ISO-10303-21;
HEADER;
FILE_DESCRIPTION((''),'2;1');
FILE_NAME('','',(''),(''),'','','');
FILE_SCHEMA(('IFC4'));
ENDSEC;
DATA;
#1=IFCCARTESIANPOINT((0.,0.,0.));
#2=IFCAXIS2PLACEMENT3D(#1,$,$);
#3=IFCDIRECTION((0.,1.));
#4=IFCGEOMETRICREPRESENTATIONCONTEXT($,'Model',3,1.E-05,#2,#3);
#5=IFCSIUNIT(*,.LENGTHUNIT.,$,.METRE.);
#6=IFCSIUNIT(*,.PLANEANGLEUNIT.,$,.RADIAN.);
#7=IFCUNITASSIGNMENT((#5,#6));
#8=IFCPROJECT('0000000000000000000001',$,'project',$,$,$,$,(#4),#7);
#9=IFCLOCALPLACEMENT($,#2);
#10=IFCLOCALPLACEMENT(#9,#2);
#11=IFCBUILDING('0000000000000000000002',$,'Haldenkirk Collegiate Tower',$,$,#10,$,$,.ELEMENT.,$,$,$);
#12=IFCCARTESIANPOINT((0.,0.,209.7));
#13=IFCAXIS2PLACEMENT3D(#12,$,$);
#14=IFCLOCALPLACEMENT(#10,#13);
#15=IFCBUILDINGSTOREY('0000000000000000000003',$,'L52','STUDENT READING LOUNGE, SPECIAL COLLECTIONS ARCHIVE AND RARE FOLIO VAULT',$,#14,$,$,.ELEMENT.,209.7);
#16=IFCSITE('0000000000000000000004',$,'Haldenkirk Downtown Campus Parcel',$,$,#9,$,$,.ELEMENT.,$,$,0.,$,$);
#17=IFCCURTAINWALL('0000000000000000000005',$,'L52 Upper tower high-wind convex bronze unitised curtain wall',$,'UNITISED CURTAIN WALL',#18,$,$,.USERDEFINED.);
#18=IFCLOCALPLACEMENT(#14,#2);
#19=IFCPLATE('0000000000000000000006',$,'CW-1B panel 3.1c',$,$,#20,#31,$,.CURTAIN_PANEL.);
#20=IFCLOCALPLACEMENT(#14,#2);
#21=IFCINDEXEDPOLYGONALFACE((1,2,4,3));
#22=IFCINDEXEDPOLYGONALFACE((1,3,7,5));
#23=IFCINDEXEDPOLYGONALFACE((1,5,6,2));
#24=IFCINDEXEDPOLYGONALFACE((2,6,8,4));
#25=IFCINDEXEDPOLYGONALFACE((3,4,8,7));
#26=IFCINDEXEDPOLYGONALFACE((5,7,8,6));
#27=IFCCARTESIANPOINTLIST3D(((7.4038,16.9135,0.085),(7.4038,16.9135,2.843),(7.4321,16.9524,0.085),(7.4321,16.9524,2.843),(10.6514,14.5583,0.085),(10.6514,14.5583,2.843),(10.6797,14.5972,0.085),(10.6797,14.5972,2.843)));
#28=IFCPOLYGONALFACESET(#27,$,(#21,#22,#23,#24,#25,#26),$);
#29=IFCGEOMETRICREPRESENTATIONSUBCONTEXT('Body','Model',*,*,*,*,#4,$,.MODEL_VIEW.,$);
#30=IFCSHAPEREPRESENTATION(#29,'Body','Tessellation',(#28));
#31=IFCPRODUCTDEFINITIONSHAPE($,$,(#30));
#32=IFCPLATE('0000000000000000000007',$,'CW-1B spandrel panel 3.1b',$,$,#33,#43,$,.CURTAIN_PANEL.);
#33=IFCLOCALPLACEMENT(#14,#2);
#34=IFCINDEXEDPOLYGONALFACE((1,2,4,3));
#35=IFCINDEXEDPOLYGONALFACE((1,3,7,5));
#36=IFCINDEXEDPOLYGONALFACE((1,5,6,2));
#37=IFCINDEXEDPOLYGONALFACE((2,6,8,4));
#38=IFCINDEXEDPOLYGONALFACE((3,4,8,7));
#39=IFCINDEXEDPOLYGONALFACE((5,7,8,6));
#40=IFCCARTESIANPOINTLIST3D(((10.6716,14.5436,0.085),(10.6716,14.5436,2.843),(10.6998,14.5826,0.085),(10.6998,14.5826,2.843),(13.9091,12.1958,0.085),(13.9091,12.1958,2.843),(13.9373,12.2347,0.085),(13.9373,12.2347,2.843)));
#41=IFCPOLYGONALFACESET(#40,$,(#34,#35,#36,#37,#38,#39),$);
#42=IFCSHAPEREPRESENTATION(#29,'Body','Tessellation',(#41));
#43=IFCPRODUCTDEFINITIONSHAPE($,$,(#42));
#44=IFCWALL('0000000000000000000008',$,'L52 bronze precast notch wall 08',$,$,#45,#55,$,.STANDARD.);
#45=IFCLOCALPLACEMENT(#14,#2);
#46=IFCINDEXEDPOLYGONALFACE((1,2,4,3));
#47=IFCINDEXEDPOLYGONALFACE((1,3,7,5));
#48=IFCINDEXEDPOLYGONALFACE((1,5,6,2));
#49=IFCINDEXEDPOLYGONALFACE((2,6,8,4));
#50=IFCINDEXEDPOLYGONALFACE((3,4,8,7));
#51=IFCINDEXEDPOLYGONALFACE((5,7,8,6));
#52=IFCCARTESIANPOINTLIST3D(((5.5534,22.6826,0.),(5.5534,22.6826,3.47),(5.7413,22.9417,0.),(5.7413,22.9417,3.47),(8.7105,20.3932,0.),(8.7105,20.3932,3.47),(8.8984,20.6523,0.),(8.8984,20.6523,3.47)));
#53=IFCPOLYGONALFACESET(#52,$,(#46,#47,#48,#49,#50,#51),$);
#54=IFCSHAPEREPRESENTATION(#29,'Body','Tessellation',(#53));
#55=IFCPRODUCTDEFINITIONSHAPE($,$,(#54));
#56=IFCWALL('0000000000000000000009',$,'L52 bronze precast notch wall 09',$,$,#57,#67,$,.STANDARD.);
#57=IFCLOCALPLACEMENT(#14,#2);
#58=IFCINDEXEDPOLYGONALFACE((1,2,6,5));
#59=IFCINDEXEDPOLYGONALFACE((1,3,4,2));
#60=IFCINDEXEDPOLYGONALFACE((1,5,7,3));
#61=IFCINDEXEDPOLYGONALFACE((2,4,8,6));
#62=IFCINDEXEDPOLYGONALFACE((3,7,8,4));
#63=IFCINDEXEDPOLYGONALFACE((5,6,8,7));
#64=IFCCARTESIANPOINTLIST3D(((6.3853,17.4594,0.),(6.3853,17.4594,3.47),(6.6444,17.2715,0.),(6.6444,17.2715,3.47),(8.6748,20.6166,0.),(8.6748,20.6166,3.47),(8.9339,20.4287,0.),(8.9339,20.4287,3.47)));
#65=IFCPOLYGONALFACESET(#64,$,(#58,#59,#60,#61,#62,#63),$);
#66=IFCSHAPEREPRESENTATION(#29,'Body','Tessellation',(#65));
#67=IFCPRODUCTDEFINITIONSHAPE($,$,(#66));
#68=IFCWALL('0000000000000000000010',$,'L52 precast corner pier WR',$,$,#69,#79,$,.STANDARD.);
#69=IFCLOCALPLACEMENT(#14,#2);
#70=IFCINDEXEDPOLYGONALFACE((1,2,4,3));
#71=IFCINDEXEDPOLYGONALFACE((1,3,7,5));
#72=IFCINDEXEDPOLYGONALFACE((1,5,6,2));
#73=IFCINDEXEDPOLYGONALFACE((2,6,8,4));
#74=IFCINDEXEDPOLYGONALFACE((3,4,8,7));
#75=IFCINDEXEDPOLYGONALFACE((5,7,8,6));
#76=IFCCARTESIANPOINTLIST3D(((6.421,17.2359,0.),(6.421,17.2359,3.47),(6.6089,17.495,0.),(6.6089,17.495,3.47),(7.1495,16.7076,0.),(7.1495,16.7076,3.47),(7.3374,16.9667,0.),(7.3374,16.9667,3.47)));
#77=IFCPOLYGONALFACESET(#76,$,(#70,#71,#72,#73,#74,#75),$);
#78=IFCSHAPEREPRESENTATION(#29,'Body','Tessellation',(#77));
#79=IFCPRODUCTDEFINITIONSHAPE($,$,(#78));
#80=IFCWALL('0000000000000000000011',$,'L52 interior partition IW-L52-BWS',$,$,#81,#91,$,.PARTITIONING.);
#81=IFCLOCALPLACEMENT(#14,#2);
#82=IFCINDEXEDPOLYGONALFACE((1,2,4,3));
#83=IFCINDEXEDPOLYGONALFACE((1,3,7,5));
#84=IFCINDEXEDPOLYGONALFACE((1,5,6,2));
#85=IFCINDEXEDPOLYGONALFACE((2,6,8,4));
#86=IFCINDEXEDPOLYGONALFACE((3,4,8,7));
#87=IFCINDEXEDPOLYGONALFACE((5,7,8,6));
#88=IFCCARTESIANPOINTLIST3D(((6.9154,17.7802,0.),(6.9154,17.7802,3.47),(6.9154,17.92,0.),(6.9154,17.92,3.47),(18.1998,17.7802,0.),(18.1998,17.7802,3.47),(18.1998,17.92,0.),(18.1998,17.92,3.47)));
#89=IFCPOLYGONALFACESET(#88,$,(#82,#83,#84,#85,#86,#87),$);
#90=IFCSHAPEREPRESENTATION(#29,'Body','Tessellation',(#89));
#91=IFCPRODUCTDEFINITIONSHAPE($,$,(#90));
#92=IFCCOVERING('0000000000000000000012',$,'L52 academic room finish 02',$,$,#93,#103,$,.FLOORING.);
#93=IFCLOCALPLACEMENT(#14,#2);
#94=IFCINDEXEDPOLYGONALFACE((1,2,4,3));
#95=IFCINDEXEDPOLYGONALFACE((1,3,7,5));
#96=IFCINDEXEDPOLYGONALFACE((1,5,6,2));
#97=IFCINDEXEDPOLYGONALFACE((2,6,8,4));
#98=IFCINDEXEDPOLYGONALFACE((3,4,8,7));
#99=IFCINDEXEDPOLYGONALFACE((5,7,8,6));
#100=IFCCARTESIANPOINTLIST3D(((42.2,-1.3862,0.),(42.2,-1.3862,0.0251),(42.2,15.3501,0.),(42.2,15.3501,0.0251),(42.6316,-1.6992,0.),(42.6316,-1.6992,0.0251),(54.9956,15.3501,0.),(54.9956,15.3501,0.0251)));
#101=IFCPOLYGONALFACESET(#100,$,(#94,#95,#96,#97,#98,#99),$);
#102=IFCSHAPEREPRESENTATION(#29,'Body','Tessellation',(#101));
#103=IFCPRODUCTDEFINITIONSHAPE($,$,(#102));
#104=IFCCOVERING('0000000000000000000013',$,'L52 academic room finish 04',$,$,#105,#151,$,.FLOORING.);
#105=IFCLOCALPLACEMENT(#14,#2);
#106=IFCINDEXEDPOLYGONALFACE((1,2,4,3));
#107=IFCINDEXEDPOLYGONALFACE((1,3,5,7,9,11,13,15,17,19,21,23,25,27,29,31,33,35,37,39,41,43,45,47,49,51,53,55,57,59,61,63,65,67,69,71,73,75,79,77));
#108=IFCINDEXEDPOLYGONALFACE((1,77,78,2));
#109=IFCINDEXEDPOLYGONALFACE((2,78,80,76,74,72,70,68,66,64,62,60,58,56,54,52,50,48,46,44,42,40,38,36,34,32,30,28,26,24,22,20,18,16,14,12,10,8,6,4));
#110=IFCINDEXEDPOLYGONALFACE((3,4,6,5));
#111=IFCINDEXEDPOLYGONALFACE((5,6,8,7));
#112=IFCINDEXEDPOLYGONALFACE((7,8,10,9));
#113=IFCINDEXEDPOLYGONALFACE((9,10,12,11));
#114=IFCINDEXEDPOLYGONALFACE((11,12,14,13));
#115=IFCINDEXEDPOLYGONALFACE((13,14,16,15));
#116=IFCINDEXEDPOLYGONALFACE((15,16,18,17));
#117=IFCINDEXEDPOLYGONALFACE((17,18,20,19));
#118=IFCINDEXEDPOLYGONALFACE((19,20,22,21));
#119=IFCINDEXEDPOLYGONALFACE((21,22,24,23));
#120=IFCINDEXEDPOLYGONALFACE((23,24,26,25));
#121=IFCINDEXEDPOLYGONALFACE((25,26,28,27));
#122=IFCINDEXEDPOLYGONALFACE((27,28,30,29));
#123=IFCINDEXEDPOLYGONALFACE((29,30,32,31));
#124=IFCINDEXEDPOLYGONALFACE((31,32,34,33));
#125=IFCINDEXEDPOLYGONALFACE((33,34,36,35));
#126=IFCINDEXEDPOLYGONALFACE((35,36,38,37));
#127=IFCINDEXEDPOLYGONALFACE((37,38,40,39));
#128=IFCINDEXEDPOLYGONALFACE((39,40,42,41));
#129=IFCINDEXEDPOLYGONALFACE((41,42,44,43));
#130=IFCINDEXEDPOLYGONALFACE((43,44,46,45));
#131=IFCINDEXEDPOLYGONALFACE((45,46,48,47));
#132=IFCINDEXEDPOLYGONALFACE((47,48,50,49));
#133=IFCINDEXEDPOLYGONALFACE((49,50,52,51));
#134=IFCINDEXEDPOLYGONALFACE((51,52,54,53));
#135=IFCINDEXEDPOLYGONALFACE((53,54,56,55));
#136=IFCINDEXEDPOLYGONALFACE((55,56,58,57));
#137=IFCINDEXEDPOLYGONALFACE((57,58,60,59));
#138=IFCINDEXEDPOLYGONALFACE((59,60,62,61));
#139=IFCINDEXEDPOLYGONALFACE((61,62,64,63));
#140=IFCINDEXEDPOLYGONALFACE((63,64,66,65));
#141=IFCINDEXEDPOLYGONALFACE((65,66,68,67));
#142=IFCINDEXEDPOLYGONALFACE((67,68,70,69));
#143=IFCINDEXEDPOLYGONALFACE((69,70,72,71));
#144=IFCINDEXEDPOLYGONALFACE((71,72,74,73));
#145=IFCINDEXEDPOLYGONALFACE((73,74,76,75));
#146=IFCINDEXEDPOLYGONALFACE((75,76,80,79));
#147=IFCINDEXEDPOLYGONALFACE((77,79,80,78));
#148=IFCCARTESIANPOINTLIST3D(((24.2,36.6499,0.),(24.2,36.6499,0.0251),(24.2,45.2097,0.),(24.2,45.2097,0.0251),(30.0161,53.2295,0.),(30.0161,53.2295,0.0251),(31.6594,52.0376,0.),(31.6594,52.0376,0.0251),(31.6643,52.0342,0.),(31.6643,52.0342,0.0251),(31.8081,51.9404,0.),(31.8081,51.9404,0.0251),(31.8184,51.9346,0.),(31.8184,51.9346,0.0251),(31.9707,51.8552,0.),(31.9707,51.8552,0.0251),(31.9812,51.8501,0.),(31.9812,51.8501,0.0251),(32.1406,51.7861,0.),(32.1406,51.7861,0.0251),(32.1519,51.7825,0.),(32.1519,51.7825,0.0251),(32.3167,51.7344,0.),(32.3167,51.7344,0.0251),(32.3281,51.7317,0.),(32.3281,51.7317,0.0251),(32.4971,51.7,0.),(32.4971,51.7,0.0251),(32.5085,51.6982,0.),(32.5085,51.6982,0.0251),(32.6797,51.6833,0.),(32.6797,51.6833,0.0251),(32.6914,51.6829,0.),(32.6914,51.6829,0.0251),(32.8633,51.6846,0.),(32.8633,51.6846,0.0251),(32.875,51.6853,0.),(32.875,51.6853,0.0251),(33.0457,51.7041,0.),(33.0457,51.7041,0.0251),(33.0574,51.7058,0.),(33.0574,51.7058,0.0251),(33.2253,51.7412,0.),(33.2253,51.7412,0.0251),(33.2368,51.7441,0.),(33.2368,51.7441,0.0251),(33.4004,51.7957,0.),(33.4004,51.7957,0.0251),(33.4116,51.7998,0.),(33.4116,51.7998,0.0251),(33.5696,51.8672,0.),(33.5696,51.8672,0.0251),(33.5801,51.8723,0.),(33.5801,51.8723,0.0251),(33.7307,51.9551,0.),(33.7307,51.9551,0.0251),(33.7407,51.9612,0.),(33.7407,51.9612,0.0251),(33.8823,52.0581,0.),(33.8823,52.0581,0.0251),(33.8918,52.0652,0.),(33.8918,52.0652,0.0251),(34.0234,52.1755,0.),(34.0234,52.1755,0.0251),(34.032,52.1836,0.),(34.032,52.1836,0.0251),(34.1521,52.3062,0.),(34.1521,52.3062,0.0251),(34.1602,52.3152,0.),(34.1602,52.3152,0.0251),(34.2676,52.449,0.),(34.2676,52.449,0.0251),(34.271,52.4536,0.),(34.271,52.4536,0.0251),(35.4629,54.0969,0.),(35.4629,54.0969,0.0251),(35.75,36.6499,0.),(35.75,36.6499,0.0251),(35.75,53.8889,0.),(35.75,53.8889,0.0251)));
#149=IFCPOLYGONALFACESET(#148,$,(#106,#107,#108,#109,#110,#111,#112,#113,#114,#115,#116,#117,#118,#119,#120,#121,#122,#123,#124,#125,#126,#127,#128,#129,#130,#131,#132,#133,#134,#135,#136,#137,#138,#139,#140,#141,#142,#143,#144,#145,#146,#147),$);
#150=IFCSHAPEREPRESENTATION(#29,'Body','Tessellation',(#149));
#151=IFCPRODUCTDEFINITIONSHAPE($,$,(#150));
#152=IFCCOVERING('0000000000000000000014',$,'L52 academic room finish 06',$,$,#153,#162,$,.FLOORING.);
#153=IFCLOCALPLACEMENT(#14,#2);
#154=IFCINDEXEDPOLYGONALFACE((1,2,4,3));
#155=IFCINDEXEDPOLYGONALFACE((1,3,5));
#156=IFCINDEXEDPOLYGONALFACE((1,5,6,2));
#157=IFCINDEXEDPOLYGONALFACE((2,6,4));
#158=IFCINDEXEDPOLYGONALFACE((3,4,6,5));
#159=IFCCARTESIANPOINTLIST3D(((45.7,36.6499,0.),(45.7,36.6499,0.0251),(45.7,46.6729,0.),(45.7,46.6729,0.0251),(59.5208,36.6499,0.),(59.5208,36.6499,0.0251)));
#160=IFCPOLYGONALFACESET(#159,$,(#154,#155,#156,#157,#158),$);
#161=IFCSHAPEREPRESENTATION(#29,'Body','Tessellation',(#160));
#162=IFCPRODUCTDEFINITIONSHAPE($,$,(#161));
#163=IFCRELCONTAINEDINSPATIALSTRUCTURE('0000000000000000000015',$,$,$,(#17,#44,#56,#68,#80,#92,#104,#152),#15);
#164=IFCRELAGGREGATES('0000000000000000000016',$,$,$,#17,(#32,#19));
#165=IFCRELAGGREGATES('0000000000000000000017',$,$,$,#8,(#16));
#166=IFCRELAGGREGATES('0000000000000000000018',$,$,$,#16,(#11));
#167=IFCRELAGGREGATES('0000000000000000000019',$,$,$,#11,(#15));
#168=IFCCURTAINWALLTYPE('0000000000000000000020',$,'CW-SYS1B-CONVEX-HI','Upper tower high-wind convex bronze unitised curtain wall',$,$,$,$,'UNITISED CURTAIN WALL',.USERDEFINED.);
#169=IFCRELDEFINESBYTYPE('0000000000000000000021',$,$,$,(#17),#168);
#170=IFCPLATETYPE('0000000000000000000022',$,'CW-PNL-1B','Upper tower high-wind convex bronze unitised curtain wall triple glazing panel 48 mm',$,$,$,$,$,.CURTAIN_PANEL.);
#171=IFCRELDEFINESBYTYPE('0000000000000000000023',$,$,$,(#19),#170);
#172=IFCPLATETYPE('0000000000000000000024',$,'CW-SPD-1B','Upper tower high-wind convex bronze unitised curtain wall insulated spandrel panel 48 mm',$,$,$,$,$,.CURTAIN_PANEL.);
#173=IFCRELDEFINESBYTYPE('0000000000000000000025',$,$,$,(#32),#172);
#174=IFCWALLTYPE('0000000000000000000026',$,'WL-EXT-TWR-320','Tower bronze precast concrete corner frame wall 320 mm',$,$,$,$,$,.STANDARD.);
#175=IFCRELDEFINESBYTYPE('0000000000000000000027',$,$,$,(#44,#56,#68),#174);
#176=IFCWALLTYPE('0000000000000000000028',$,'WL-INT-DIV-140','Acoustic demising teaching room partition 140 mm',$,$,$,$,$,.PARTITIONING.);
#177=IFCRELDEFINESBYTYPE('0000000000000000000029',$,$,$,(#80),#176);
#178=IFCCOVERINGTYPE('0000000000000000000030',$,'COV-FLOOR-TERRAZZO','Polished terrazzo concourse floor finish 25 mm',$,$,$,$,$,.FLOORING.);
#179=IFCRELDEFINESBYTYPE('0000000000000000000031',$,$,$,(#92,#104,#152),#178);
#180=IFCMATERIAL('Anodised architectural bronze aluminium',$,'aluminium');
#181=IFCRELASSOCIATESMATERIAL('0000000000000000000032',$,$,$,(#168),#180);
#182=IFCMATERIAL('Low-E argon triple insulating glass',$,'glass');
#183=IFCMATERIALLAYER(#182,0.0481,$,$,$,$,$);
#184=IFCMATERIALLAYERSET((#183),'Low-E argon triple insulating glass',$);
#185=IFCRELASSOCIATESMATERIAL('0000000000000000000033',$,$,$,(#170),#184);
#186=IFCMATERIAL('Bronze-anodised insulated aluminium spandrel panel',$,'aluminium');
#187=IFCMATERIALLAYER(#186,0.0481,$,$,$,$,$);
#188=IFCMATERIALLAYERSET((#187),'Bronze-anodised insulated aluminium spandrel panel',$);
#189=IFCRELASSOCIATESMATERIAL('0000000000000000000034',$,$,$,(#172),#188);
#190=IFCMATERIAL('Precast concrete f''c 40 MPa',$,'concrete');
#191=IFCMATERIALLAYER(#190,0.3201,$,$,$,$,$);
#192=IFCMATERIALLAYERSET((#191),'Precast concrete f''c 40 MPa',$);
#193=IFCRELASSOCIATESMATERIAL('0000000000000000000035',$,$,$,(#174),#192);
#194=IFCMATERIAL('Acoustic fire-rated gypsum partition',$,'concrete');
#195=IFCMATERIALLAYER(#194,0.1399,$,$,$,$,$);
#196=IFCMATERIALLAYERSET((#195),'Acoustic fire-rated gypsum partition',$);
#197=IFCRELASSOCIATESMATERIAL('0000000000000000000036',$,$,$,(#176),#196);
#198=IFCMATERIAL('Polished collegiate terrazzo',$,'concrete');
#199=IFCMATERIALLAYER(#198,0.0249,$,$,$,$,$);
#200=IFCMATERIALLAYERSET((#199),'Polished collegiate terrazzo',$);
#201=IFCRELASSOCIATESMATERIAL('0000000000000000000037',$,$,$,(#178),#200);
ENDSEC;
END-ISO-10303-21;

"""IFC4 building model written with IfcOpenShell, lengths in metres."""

from ifc_helpers import new_model, si_unit, direction, frame, frame_2d, origin, origin_2d, place, context, subcontext, project, spatial, polyline, rectangle, outline, extrude, source, transform, mapped, material, layer, layer_set, type_object, element, aggregate, save


model = new_model("IFC4")

# Units and contexts
model_context = context("Model", 3, precision=1e-05, world=origin(), true_north=direction((0.0, 1.0)))
body_context = subcontext(model_context, "Body", "Model", "MODEL_VIEW")
ifc_project = project(units=[si_unit("LENGTHUNIT", "METRE"), si_unit("PLANEANGLEUNIT", "RADIAN")], contexts=[model_context])

# Site, building, storey
site_placement = place(None, origin())
site = spatial("IfcSite", under=ifc_project, at=site_placement, Name="Haldenkirk Downtown Campus Parcel", CompositionType="ELEMENT", RefElevation=0.0)
building_placement = place(site_placement, origin())
building = spatial("IfcBuilding", under=site, at=building_placement, Name="Haldenkirk Collegiate Tower", CompositionType="ELEMENT")
storey_placement = place(building_placement, frame((0.0, 0.0, 209.7)))
storey = spatial("IfcBuildingStorey", under=building, at=storey_placement, Name="L52", Description="STUDENT READING LOUNGE, SPECIAL COLLECTIONS ARCHIVE AND RARE FOLIO VAULT", CompositionType="ELEMENT", Elevation=209.7)

# Curtain wall
ifc_material_1 = material(Name="Anodised architectural bronze aluminium", Category="aluminium")
curtain_wall_type = type_object("IfcCurtainWallType", Name="CW-SYS1B-CONVEX-HI", Description="Upper tower high-wind convex bronze unitised curtain wall", ElementType="UNITISED CURTAIN WALL", PredefinedType="USERDEFINED", material=ifc_material_1)
curtain_wall_placement = place(storey_placement, origin())
curtain_wall = element("IfcCurtainWall", 1, at=curtain_wall_placement, inside=storey, type_object=curtain_wall_type, Name="L52 Upper tower high-wind convex bronze unitised curtain wall", ObjectType="UNITISED CURTAIN WALL", PredefinedType="USERDEFINED")

# Plates
ifc_material_2 = material(Name="Low-E argon triple insulating glass", Category="glass")
ifc_layer_1 = layer(ifc_material_2, 0.0481)
ifc_layer_set_1 = layer_set([ifc_layer_1], Name="Low-E argon triple insulating glass")
plate_type_1 = type_object("IfcPlateType", Name="CW-PNL-1B", Description="Upper tower high-wind convex bronze unitised curtain wall triple glazing panel 48 mm", PredefinedType="CURTAIN_PANEL", material=ifc_layer_set_1)
shared_shape_1 = source(origin(), body_context, "Body", "SweptSolid", [
    extrude(rectangle(XDim=4.0117, YDim=0.0481, at=origin_2d()), origin(), (0.0, 0.0, 1.0), 2.7581),
])
plate_1_placement = place(storey_placement, frame((9.0417, 15.7554, 0.085), z_axis=(0.0, 0.0, 1.0), x_axis=(-0.809531, 0.587077, 0.0)))
plate_1 = element("IfcPlate", 2, at=plate_1_placement, type_object=plate_type_1, Name="CW-1B panel 3.1c", PredefinedType="CURTAIN_PANEL", context=body_context, shape_type="MappedRepresentation", body=[
    mapped(shared_shape_1, transform((0.0, 0.0, 0.0), x_axis=(1.0, 0.0, 0.0), y_axis=(0.0, 1.0, 0.0), z_axis=(0.0, 0.0, 1.0), scale=1.0)),
])
ifc_material_3 = material(Name="Bronze-anodised insulated aluminium spandrel panel", Category="aluminium")
ifc_layer_2 = layer(ifc_material_3, 0.0481)
ifc_layer_set_2 = layer_set([ifc_layer_2], Name="Bronze-anodised insulated aluminium spandrel panel")
plate_type_2 = type_object("IfcPlateType", Name="CW-SPD-1B", Description="Upper tower high-wind convex bronze unitised curtain wall insulated spandrel panel 48 mm", PredefinedType="CURTAIN_PANEL", material=ifc_layer_set_2)
shared_shape_2 = source(origin(), body_context, "Body", "SweptSolid", [
    extrude(rectangle(XDim=3.9993, YDim=0.0481, at=origin_2d()), origin(), (0.0, 0.0, 1.0), 2.7581),
])
plate_2_placement = place(storey_placement, frame((12.3044, 13.3892, 0.085), z_axis=(0.0, 0.0, 1.0), x_axis=(-0.809531, 0.587077, 0.0)))
plate_2 = element("IfcPlate", 3, at=plate_2_placement, type_object=plate_type_2, Name="CW-1B spandrel panel 3.1b", PredefinedType="CURTAIN_PANEL", context=body_context, shape_type="MappedRepresentation", body=[
    mapped(shared_shape_2, transform((0.0, 0.0, 0.0), x_axis=(1.0, 0.0, 0.0), y_axis=(0.0, 1.0, 0.0), z_axis=(0.0, 0.0, 1.0), scale=1.0)),
])
aggregate(curtain_wall, [plate_2, plate_1])

# Walls
ifc_material_4 = material(Name="Precast concrete f'c 40 MPa", Category="concrete")
ifc_layer_3 = layer(ifc_material_4, 0.3201)
ifc_layer_set_3 = layer_set([ifc_layer_3], Name="Precast concrete f'c 40 MPa")
wall_type_1 = type_object("IfcWallType", Name="WL-EXT-TWR-320", Description="Tower bronze precast concrete corner frame wall 320 mm", PredefinedType="STANDARD", material=ifc_layer_set_3)
for number, where, z_axis, x_axis, name in (
    (4, (8.8044, 20.5227, 0.0), (0.0, 0.0, 1.0), (-0.809542, 0.587062, 0.0), "L52 bronze precast notch wall 08"),
    (5, (6.5149, 17.3655, 0.0), (0.0, 0.0, 1.0), (0.587062, 0.809542, 0.0), "L52 bronze precast notch wall 09"),
):
    element("IfcWall", number, at=place(storey_placement, frame(where, z_axis=z_axis, x_axis=x_axis)), inside=storey, type_object=wall_type_1, Name=name, PredefinedType="STANDARD", context=body_context, shape_type="SweptSolid", body=[
        extrude(rectangle(XDim=3.8999, YDim=0.3201, at=frame_2d((1.95, 0.0))), origin(), (0.0, 0.0, 1.0), 3.47),
    ])
wall_1_placement = place(storey_placement, frame((7.2434, 16.8372, 0.0), z_axis=(0.0, 0.0, 1.0), x_axis=(-0.809533, 0.587074, 0.0)))
element("IfcWall", 6, at=wall_1_placement, inside=storey, type_object=wall_type_1, Name="L52 precast corner pier WR", PredefinedType="STANDARD", context=body_context, shape_type="SweptSolid", body=[
    extrude(rectangle(XDim=0.8999, YDim=0.3201, at=frame_2d((0.45, 0.0))), origin(), (0.0, 0.0, 1.0), 3.47),
])
ifc_material_5 = material(Name="Acoustic fire-rated gypsum partition", Category="concrete")
ifc_layer_4 = layer(ifc_material_5, 0.1399)
ifc_layer_set_4 = layer_set([ifc_layer_4], Name="Acoustic fire-rated gypsum partition")
wall_type_2 = type_object("IfcWallType", Name="WL-INT-DIV-140", Description="Acoustic demising teaching room partition 140 mm", PredefinedType="PARTITIONING", material=ifc_layer_set_4)
wall_2_placement = place(storey_placement, frame((6.9155, 17.8501, 0.0), z_axis=(0.0, 0.0, 1.0), x_axis=(1.0, 0.0, 0.0)))
element("IfcWall", 7, at=wall_2_placement, inside=storey, type_object=wall_type_2, Name="L52 interior partition IW-L52-BWS", PredefinedType="PARTITIONING", context=body_context, shape_type="SweptSolid", body=[
    extrude(rectangle(XDim=11.2844, YDim=0.1399, at=frame_2d((5.6421, 0.0))), origin(), (0.0, 0.0, 1.0), 3.47),
])

# Coverings
ifc_material_6 = material(Name="Polished collegiate terrazzo", Category="concrete")
ifc_layer_5 = layer(ifc_material_6, 0.0249)
ifc_layer_set_5 = layer_set([ifc_layer_5], Name="Polished collegiate terrazzo")
covering_type_1 = type_object("IfcCoveringType", Name="COV-FLOOR-TERRAZZO", Description="Polished terrazzo concourse floor finish 25 mm", PredefinedType="FLOORING", material=ifc_layer_set_5)
covering_1_placement = place(storey_placement, origin())
element("IfcCovering", 8, at=covering_1_placement, inside=storey, type_object=covering_type_1, Name="L52 academic room finish 02", PredefinedType="FLOORING", context=body_context, shape_type="SweptSolid", body=[
    extrude(outline(polyline([(42.6316, -1.6992), (42.2, -1.3862), (42.2, 15.3501), (54.9956, 15.3501), (42.6316, -1.6992)])), origin(), (0.0, 0.0, 1.0), 0.0251),
])
covering_2_placement = place(storey_placement, origin())
element("IfcCovering", 9, at=covering_2_placement, inside=storey, type_object=covering_type_1, Name="L52 academic room finish 04", PredefinedType="FLOORING", context=body_context, shape_type="SweptSolid", body=[
    extrude(outline(polyline([(31.6594, 52.0376), (31.6643, 52.0342), (31.8081, 51.9404), (31.8184, 51.9346), (31.9707, 51.8552), (31.9812, 51.8501), (32.1406, 51.7861), (32.1519, 51.7825), (32.3167, 51.7344), (32.3281, 51.7317), (32.4971, 51.7), (32.5085, 51.6982), (32.6797, 51.6833), (32.6914, 51.6829), (32.8633, 51.6846), (32.875, 51.6853), (33.0457, 51.7041), (33.0574, 51.7058), (33.2253, 51.7412), (33.2368, 51.7441), (33.4004, 51.7957), (33.4116, 51.7998), (33.5696, 51.8672), (33.5801, 51.8723), (33.7307, 51.9551), (33.7407, 51.9612), (33.8823, 52.0581), (33.8918, 52.0652), (34.0234, 52.1755), (34.032, 52.1836), (34.1521, 52.3062), (34.1602, 52.3152), (34.2676, 52.449), (34.271, 52.4536), (35.4629, 54.0969), (35.75, 53.8889), (35.75, 36.6499), (24.2, 36.6499), (24.2, 45.2097), (30.0161, 53.2295), (31.6594, 52.0376)])), origin(), (0.0, 0.0, 1.0), 0.0251),
])
covering_3_placement = place(storey_placement, origin())
element("IfcCovering", 10, at=covering_3_placement, inside=storey, type_object=covering_type_1, Name="L52 academic room finish 06", PredefinedType="FLOORING", context=body_context, shape_type="SweptSolid", body=[
    extrude(outline(polyline([(59.5208, 36.6499), (45.7, 36.6499), (45.7, 46.6729), (59.5208, 36.6499)])), origin(), (0.0, 0.0, 1.0), 0.0251),
])

save(model, "model.ifc")
